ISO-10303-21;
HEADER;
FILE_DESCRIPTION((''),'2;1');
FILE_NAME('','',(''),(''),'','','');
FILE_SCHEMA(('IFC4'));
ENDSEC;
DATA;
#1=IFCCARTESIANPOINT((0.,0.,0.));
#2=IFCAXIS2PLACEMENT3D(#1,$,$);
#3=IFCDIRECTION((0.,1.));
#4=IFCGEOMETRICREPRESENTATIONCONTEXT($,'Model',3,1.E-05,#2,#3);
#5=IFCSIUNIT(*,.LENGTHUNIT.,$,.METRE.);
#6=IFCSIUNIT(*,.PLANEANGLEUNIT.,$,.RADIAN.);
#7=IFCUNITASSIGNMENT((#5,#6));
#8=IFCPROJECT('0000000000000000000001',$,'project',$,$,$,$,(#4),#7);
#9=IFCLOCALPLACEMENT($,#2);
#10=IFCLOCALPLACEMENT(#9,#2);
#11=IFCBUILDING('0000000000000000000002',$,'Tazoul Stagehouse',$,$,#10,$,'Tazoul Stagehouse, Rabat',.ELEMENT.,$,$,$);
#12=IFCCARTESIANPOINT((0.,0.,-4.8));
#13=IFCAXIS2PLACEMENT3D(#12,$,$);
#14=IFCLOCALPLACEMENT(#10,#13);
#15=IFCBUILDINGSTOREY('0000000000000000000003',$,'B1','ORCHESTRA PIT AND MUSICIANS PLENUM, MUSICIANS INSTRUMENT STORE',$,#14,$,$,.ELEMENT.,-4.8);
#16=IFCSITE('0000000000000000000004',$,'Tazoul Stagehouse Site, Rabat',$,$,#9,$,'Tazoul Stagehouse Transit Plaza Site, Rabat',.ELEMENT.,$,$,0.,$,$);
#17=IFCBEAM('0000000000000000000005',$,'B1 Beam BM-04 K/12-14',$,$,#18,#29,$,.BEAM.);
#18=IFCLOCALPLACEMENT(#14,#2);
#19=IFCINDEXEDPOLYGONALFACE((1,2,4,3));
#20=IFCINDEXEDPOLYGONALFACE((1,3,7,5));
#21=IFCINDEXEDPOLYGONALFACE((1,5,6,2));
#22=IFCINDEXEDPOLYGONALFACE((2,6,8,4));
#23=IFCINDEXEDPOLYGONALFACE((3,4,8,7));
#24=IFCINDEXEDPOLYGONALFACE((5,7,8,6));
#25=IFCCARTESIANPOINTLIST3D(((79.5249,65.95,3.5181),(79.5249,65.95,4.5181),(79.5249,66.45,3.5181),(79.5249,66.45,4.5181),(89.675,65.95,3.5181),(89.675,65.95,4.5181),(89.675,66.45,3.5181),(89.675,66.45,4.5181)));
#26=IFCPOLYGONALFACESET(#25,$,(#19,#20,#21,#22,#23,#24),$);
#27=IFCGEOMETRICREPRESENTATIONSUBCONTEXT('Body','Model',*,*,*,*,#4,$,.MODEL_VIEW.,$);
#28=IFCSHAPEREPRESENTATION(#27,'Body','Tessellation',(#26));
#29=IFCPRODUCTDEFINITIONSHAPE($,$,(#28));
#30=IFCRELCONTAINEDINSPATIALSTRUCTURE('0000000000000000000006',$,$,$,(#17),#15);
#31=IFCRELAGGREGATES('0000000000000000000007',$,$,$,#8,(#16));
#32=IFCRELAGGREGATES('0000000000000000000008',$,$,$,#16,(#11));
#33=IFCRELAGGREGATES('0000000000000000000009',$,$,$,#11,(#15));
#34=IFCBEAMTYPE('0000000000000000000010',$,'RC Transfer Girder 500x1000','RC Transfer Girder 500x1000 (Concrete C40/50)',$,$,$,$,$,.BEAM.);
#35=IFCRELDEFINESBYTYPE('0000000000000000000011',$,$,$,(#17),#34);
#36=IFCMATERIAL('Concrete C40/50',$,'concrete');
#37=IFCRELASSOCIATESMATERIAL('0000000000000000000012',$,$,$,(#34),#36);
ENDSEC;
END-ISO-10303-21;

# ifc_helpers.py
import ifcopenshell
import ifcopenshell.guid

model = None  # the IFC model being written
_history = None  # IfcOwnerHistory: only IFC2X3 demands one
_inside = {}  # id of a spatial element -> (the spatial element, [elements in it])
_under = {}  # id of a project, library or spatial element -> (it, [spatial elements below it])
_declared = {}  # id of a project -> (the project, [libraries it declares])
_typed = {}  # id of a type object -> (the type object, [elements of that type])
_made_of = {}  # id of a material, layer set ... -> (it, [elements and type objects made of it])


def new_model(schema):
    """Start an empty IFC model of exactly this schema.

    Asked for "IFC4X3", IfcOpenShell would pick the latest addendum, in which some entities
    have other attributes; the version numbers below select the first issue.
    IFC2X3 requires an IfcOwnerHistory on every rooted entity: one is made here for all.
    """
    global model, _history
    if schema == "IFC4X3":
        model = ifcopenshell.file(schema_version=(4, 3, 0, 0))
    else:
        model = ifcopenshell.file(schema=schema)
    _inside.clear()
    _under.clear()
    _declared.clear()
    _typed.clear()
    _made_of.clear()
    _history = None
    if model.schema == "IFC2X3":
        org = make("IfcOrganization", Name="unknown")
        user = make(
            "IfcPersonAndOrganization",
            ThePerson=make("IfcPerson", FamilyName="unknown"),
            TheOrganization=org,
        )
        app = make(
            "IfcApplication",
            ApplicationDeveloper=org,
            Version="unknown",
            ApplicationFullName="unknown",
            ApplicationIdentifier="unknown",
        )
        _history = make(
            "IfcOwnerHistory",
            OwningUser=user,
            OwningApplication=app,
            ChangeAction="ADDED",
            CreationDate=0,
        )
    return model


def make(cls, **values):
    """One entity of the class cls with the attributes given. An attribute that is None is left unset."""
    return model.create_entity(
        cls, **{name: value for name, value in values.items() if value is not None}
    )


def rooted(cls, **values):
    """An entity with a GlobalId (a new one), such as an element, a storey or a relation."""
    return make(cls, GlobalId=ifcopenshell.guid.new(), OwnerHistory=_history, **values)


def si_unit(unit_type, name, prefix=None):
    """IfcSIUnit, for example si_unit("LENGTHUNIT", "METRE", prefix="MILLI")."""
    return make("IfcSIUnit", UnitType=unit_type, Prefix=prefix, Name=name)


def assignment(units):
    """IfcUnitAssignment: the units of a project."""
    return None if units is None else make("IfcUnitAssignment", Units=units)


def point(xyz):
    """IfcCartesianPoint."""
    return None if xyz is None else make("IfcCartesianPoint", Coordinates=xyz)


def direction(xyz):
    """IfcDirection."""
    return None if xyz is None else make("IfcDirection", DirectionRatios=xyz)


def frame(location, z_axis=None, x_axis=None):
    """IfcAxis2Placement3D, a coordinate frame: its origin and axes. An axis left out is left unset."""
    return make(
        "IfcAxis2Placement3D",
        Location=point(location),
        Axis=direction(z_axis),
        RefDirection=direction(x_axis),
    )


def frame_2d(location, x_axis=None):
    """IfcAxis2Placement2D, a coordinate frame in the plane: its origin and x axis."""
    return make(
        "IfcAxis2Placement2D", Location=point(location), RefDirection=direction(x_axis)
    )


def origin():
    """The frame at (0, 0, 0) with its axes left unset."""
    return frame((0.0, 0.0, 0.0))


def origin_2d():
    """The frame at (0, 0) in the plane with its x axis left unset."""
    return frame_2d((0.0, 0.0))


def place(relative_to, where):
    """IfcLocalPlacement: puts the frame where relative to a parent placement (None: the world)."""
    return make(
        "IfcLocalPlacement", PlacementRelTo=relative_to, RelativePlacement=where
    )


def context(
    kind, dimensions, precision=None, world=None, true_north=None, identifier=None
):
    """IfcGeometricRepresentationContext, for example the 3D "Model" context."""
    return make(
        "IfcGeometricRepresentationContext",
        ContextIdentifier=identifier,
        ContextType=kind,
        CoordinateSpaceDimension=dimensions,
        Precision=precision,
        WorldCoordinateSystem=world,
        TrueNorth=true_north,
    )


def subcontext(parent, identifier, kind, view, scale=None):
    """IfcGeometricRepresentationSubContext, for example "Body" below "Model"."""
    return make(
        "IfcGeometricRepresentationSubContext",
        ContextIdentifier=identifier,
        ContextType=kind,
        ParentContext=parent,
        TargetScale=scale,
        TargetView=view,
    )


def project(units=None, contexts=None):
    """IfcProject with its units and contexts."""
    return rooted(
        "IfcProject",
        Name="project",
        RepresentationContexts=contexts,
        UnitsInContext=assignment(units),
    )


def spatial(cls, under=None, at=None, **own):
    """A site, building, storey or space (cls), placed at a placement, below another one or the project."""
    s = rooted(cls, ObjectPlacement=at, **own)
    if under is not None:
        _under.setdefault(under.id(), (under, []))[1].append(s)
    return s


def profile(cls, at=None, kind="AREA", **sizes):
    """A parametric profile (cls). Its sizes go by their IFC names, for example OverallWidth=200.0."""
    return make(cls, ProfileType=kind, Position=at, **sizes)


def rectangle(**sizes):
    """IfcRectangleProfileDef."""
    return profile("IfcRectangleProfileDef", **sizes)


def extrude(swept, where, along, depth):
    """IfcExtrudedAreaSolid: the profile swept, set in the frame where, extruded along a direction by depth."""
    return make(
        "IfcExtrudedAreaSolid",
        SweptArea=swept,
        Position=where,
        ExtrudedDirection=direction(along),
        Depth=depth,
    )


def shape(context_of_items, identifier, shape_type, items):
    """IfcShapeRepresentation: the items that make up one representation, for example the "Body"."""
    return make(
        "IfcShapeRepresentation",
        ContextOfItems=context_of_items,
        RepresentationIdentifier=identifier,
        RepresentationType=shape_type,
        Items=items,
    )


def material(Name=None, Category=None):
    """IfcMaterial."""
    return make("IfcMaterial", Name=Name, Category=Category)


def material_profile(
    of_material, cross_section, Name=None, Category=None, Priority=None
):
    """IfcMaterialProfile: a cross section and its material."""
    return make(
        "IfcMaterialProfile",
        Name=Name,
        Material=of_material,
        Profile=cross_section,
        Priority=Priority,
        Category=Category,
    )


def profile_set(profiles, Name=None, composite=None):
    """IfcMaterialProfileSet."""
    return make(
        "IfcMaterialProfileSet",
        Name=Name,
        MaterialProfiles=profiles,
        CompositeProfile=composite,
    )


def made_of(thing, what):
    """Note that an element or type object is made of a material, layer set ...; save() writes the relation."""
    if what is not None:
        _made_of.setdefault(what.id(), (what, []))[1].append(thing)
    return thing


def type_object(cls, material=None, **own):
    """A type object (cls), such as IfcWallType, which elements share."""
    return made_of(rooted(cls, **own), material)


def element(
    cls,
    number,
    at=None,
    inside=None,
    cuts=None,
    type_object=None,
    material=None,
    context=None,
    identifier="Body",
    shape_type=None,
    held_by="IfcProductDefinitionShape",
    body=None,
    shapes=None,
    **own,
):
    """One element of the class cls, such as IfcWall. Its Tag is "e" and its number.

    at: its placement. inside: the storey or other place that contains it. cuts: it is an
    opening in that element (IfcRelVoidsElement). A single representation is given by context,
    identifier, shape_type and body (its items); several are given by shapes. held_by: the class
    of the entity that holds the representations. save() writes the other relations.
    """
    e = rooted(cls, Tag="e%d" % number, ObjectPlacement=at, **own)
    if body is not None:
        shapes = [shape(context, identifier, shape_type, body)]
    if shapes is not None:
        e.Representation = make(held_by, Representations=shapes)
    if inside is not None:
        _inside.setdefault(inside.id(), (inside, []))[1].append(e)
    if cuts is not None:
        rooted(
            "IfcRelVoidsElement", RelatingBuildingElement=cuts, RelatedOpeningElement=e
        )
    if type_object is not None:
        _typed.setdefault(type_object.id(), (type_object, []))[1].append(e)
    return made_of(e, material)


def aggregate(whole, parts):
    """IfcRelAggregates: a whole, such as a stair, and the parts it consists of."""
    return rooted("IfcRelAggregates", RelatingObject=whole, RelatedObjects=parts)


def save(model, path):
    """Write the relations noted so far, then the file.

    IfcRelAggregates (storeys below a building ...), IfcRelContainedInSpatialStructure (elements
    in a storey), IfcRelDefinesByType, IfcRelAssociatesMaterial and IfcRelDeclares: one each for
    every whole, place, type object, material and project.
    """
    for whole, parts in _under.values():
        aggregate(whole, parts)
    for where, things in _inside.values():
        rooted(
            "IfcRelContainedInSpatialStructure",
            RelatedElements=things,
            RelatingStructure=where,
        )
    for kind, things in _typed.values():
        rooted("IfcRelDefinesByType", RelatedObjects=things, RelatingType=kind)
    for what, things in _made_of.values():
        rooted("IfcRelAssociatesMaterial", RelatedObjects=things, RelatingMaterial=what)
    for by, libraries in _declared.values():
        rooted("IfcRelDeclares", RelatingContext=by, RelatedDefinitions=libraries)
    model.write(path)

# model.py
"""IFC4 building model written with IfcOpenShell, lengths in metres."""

from ifc_helpers import new_model, si_unit, direction, frame, origin, origin_2d, place, context, subcontext, project, spatial, rectangle, extrude, material, material_profile, profile_set, type_object, element, save


model = new_model("IFC4")

# Units and contexts
model_context = context("Model", 3, precision=1e-05, world=origin(), true_north=direction((0.0, 1.0)))
body_context = subcontext(model_context, "Body", "Model", "MODEL_VIEW")
ifc_project = project(units=[si_unit("LENGTHUNIT", "METRE"), si_unit("PLANEANGLEUNIT", "RADIAN")], contexts=[model_context])

# Site, building, storey
site_placement = place(None, origin())
site = spatial("IfcSite", under=ifc_project, at=site_placement, Name="Tazoul Stagehouse Site, Rabat", LongName="Tazoul Stagehouse Transit Plaza Site, Rabat", CompositionType="ELEMENT", RefElevation=0.0)
building_placement = place(site_placement, origin())
building = spatial("IfcBuilding", under=site, at=building_placement, Name="Tazoul Stagehouse", LongName="Tazoul Stagehouse, Rabat", CompositionType="ELEMENT")
storey_placement = place(building_placement, frame((0.0, 0.0, -4.8)))
storey = spatial("IfcBuildingStorey", under=building, at=storey_placement, Name="B1", Description="ORCHESTRA PIT AND MUSICIANS PLENUM, MUSICIANS INSTRUMENT STORE", CompositionType="ELEMENT", Elevation=-4.8)

# Shared definitions
ifc_material_1 = material(Name="Concrete C40/50", Category="concrete")

# Beam
ifc_material_profile_1 = material_profile(ifc_material_1, rectangle(XDim=0.5, YDim=1.0, at=origin_2d()), Name="RC 500x1000")
ifc_profile_set_1 = profile_set([ifc_material_profile_1], Name="Concrete C40/50")
beam_type_1 = type_object("IfcBeamType", Name="RC Transfer Girder 500x1000", Description="RC Transfer Girder 500x1000 (Concrete C40/50)", PredefinedType="BEAM", material=ifc_profile_set_1)
beam_1_placement = place(storey_placement, frame((79.5249, 66.2, 4.0181), z_axis=(1.0, 0.0, 0.0), x_axis=(0.0, 1.0, 0.0)))
element("IfcBeam", 1, at=beam_1_placement, inside=storey, type_object=beam_type_1, Name="B1 Beam BM-04 K/12-14", PredefinedType="BEAM", context=body_context, shape_type="SweptSolid", body=[
    extrude(rectangle(XDim=0.5, YDim=1.0, at=origin_2d()), origin(), (0.0, 0.0, 1.0), 10.1501),
])

save(model, "model.ifc")
